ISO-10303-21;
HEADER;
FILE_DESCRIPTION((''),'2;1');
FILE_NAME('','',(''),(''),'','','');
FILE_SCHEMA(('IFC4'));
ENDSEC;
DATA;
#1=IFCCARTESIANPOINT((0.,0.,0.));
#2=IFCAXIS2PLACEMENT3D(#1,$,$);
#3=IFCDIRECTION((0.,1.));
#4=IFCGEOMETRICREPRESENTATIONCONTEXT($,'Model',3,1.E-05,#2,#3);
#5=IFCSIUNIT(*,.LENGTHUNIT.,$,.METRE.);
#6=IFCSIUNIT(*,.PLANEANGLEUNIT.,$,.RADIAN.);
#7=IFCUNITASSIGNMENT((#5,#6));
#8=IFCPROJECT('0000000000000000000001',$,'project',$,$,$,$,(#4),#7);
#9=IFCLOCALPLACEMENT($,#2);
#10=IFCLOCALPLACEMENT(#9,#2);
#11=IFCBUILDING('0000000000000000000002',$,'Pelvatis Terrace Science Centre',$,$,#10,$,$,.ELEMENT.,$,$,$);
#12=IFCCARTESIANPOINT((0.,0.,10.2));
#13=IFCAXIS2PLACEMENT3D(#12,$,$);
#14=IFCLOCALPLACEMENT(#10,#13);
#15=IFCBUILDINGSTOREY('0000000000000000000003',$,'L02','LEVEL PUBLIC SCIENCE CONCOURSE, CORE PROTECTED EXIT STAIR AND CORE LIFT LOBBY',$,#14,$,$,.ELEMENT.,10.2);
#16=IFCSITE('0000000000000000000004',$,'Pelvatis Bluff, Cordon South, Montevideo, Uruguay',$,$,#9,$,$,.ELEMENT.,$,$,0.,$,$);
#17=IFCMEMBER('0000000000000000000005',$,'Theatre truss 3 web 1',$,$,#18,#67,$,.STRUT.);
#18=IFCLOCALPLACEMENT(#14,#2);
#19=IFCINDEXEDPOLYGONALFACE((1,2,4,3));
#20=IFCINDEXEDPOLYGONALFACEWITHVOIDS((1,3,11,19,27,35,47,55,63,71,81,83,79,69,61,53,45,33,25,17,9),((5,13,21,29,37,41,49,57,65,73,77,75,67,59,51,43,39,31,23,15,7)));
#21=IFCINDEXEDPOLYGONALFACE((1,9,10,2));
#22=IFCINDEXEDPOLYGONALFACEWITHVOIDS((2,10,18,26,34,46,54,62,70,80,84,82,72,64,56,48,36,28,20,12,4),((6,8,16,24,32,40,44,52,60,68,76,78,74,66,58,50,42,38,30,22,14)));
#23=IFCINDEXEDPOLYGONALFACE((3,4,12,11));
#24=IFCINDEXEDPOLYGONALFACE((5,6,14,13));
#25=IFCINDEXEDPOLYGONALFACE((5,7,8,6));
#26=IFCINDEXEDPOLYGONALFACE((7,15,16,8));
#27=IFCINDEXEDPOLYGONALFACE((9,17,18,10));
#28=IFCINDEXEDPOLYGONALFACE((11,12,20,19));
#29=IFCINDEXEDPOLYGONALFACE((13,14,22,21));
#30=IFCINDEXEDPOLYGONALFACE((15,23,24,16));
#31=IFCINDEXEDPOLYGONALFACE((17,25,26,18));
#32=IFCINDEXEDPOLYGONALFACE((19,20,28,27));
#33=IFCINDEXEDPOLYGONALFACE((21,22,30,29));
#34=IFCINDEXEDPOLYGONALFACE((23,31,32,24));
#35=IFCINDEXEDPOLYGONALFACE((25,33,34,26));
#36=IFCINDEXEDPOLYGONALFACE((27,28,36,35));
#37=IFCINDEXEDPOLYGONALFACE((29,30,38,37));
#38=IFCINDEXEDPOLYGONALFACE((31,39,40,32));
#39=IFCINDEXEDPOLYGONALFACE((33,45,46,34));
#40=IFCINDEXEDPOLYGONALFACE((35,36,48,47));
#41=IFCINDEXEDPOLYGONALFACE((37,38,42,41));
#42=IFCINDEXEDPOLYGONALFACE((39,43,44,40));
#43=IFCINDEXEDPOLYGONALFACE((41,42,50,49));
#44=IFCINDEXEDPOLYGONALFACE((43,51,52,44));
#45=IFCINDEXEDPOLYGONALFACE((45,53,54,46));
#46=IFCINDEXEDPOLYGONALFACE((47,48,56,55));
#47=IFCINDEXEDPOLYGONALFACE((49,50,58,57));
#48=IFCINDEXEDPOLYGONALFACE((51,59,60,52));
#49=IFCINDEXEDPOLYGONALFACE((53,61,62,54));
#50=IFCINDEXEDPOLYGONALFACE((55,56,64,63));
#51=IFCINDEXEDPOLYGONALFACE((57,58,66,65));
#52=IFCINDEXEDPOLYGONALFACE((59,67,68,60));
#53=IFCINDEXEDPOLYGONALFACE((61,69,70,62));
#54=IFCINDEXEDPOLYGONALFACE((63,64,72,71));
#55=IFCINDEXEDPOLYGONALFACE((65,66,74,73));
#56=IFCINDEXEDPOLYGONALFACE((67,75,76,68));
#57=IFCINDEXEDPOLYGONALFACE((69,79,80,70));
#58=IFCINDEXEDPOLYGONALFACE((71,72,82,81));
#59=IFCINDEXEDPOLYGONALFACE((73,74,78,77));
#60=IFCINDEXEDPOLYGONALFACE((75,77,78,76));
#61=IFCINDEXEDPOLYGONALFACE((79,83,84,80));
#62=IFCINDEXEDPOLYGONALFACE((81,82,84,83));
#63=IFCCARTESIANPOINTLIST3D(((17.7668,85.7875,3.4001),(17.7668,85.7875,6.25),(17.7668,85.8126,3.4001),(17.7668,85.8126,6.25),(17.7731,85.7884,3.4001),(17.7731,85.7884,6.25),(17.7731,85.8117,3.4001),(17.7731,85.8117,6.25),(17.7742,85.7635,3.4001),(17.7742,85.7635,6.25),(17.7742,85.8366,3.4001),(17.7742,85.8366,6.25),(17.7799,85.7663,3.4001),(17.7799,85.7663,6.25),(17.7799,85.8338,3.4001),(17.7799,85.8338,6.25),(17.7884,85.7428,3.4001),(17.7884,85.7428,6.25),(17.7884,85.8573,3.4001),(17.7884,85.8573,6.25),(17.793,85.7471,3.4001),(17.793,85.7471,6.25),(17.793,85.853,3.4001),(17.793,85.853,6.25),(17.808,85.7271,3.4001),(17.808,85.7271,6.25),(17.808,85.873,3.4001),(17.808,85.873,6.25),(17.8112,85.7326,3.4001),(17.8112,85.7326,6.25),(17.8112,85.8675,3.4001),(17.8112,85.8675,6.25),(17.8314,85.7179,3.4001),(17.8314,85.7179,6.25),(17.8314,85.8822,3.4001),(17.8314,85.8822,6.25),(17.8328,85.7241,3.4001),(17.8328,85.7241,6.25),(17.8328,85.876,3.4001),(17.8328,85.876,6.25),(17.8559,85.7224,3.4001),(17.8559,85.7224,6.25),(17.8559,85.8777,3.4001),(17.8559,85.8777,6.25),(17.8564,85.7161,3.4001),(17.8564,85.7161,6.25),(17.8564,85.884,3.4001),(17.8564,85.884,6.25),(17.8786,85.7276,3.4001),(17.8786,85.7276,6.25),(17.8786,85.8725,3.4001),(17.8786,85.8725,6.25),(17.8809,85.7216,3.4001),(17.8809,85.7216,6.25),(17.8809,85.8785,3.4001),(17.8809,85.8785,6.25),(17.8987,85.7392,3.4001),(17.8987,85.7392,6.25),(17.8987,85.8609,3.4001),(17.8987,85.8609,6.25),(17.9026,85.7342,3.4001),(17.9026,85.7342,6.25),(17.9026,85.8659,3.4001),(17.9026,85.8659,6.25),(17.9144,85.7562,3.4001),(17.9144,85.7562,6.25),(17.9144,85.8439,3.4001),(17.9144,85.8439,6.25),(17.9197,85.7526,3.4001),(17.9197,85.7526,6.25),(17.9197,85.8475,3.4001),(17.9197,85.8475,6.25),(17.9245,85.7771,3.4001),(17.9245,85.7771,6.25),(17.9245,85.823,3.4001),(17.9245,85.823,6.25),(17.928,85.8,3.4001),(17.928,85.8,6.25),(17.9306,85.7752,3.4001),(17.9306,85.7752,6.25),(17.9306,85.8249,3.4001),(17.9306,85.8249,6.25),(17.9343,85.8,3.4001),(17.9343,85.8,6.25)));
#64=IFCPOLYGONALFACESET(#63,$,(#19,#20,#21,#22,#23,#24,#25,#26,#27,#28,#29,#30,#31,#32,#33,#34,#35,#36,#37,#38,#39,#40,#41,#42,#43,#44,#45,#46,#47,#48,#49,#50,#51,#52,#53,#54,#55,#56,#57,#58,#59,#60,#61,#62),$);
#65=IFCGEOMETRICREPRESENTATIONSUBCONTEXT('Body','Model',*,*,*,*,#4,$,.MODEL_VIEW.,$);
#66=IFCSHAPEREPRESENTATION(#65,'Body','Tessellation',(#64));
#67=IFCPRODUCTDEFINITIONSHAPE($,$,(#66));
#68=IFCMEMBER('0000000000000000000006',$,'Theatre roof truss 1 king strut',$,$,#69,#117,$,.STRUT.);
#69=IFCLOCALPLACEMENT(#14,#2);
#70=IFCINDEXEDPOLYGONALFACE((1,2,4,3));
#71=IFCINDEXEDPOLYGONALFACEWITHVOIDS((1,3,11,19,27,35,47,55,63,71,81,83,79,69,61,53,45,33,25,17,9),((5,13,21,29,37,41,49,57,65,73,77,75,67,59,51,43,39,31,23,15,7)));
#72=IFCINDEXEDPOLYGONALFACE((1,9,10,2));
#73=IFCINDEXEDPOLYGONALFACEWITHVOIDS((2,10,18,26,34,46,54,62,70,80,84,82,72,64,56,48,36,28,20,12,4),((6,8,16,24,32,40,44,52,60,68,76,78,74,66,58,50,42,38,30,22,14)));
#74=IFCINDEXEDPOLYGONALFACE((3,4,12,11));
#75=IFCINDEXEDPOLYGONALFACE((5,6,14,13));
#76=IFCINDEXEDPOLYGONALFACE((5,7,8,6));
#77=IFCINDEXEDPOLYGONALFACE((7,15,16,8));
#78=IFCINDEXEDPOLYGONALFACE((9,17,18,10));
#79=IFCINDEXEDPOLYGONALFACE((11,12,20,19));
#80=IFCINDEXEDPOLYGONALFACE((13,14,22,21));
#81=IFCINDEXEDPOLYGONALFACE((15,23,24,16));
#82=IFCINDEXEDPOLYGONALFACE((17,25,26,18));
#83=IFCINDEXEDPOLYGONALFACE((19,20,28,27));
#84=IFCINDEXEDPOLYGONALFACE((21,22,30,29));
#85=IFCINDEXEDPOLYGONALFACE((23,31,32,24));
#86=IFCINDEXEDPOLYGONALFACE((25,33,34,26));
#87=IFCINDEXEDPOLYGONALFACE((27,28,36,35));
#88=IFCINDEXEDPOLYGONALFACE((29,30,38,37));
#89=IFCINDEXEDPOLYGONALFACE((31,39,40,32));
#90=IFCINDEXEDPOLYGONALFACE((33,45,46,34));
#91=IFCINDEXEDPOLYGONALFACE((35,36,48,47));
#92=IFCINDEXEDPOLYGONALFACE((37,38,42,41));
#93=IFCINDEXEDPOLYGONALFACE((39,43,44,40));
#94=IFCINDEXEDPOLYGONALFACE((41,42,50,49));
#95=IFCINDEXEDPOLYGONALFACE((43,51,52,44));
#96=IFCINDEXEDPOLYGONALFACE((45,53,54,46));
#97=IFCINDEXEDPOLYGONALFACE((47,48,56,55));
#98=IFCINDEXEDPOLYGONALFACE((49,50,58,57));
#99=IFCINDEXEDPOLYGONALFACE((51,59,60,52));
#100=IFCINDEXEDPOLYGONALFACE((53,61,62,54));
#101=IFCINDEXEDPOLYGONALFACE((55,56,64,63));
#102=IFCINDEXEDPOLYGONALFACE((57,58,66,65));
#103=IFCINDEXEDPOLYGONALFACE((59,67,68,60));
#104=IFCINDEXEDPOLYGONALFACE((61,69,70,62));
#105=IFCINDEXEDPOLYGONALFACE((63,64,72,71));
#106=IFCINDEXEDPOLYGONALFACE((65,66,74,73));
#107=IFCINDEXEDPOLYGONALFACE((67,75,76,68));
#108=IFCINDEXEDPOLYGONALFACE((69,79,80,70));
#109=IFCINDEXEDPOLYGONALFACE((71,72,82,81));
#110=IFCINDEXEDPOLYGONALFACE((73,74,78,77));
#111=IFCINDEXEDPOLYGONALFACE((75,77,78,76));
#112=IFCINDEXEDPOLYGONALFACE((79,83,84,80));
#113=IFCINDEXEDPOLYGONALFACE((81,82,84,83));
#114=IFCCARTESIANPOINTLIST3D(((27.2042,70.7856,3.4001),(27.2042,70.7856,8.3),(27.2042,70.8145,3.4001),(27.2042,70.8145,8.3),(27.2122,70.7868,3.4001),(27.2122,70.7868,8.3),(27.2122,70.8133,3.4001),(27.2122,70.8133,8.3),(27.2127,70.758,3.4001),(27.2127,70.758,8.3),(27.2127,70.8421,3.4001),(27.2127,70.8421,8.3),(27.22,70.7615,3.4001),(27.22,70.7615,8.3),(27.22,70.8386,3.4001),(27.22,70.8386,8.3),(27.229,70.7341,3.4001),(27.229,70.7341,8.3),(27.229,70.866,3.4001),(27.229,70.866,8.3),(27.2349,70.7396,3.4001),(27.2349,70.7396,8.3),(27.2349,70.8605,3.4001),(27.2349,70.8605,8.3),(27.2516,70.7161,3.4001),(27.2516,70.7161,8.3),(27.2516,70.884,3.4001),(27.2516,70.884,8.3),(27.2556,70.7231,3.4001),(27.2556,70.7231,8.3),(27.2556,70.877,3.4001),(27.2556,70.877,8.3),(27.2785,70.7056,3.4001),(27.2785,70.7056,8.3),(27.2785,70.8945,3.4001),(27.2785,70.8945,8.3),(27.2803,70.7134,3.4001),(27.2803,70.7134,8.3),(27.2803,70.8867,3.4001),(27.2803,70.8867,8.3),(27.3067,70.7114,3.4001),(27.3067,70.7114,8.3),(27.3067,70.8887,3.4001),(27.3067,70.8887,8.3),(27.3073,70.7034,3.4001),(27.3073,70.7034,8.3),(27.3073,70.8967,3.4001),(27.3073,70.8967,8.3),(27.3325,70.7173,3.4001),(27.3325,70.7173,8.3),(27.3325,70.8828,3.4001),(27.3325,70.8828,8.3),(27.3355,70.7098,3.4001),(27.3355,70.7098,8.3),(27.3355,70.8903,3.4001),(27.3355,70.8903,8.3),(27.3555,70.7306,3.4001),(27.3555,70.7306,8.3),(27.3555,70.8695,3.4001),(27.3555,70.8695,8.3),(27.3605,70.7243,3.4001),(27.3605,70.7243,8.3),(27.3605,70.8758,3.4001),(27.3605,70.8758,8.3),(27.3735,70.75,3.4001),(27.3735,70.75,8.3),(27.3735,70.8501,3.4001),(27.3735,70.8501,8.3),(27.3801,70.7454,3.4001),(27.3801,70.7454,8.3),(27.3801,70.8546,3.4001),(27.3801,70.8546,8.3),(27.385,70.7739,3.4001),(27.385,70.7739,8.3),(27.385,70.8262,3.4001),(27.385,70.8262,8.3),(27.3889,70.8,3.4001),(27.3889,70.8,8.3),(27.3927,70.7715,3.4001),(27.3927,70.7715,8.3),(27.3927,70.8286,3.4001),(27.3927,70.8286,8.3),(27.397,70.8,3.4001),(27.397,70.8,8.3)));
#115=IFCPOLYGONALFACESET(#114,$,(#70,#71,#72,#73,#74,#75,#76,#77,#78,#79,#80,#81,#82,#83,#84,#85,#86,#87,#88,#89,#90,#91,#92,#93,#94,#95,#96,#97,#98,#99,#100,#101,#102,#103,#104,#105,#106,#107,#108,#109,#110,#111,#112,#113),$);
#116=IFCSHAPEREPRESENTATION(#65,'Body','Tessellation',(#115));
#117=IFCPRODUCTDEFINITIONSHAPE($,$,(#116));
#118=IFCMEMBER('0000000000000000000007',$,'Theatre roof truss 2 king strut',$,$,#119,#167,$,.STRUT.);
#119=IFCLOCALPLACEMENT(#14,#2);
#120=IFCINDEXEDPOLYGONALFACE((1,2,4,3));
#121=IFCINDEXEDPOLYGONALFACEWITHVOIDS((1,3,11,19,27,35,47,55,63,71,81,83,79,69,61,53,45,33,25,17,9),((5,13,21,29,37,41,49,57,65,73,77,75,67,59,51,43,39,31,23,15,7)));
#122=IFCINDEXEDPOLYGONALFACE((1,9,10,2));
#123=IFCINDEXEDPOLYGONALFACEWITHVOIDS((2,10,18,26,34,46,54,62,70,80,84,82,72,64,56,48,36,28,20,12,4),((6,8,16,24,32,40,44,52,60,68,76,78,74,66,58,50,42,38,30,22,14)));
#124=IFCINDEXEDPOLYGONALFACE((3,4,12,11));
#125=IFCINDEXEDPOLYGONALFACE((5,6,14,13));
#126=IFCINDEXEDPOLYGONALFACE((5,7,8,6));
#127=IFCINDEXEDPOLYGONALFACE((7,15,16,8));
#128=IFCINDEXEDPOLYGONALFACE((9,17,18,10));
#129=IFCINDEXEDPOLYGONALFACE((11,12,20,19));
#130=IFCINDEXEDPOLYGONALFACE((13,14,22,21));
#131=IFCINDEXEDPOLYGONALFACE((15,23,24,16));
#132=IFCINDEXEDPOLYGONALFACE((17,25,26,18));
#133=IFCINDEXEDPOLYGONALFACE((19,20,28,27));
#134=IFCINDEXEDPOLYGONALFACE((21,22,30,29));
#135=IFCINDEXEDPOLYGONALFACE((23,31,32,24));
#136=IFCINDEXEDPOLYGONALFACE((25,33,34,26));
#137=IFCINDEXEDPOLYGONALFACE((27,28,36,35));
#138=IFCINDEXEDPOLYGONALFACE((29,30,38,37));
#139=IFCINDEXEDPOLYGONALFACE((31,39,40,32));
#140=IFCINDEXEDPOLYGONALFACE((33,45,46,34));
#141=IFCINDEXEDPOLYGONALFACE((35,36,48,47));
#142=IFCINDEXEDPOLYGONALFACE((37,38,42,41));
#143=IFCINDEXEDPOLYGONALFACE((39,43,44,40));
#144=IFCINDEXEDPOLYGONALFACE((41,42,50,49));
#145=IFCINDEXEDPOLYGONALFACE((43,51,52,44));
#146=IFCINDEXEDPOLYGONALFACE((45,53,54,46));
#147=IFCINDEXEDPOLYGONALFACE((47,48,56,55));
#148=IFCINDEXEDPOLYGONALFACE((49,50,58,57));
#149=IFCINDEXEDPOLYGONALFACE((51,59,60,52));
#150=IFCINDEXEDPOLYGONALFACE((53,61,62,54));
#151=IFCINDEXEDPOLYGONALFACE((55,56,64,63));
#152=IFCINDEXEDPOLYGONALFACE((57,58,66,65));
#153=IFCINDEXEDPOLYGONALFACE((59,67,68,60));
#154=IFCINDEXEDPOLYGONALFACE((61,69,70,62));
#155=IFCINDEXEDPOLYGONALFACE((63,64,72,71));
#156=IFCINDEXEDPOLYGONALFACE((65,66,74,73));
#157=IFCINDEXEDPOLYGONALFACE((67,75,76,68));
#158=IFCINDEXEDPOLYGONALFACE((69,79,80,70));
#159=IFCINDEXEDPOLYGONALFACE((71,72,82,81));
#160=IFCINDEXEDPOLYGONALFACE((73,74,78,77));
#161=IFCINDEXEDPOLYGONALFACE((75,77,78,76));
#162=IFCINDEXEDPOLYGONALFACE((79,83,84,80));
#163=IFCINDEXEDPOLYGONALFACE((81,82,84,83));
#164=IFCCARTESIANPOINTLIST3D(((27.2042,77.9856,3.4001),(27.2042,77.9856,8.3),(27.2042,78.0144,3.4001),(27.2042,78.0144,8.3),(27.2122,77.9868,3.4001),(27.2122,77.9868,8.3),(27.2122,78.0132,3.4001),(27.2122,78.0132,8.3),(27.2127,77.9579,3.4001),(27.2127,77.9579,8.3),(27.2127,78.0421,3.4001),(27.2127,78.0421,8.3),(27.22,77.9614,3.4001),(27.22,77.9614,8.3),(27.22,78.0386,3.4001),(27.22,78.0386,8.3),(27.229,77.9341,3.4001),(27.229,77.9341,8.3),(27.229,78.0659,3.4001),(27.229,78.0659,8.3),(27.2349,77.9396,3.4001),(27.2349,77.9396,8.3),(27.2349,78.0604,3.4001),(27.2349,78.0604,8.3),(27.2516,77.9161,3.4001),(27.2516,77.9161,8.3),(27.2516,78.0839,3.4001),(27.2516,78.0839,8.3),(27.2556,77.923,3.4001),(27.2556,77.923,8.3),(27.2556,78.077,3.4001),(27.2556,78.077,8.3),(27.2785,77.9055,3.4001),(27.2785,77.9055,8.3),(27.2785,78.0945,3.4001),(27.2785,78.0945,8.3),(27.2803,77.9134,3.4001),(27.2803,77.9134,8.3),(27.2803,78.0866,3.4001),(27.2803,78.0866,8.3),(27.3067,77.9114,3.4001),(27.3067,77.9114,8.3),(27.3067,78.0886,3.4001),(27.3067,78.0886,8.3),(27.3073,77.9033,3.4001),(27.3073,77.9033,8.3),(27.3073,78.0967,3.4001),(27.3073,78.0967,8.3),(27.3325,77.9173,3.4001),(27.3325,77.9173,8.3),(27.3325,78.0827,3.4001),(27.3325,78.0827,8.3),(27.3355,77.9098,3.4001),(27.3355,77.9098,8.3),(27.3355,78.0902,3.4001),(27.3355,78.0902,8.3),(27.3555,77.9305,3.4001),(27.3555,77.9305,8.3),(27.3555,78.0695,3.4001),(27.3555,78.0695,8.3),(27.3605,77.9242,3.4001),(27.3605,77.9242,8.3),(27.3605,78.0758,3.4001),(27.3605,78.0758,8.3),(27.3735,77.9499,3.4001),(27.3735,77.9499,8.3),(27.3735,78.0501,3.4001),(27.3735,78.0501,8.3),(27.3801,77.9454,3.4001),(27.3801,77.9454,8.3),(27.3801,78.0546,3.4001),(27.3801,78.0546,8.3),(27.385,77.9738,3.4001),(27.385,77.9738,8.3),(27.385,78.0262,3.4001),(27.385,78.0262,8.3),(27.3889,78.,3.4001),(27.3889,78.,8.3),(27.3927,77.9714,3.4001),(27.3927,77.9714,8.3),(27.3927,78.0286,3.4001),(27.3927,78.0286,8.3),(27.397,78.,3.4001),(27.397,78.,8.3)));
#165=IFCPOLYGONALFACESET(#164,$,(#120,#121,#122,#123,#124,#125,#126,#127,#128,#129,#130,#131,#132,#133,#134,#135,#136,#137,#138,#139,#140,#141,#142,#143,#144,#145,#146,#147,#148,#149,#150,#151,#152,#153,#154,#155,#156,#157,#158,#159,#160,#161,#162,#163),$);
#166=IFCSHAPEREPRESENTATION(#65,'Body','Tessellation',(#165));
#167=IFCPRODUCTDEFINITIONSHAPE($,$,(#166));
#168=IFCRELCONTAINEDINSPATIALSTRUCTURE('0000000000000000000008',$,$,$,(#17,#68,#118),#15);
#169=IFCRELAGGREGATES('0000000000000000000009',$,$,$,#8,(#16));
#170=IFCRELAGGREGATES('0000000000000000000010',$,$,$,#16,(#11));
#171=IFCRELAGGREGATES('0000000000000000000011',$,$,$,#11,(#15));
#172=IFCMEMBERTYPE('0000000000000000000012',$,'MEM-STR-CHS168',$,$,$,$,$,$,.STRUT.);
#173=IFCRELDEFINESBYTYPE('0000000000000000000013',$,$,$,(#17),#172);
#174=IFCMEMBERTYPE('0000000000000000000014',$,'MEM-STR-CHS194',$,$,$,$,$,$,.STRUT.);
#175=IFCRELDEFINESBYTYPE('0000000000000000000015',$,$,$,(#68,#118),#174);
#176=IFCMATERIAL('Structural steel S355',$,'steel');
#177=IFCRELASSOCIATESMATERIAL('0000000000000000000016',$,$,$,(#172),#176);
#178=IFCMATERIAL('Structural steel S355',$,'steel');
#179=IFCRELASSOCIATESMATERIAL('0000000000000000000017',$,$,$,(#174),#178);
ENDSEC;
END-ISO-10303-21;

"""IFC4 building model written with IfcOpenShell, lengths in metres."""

from ifc_helpers import new_model, si_unit, direction, frame, origin, origin_2d, place, context, subcontext, project, spatial, hollow_circle, extrude, material, material_profile, profile_set, type_object, element, save


model = new_model("IFC4")

# Units and contexts
model_context = context("Model", 3, precision=1e-05, world=origin(), true_north=direction((0.0, 1.0)))
body_context = subcontext(model_context, "Body", "Model", "MODEL_VIEW")
ifc_project = project(units=[si_unit("LENGTHUNIT", "METRE"), si_unit("PLANEANGLEUNIT", "RADIAN")], contexts=[model_context])

# Site, building, storey
site_placement = place(None, origin())
site = spatial("IfcSite", under=ifc_project, at=site_placement, Name="Pelvatis Bluff, Cordon South, Montevideo, Uruguay", CompositionType="ELEMENT", RefElevation=0.0)
building_placement = place(site_placement, origin())
building = spatial("IfcBuilding", under=site, at=building_placement, Name="Pelvatis Terrace Science Centre", CompositionType="ELEMENT")
storey_placement = place(building_placement, frame((0.0, 0.0, 10.2)))
storey = spatial("IfcBuildingStorey", under=building, at=storey_placement, Name="L02", Description="LEVEL PUBLIC SCIENCE CONCOURSE, CORE PROTECTED EXIT STAIR AND CORE LIFT LOBBY", CompositionType="ELEMENT", Elevation=10.2)

# Members
ifc_material_1 = material(Name="Structural steel S355", Category="steel")
ifc_material_profile_1 = material_profile(ifc_material_1, hollow_circle(Radius=0.0842, WallThickness=0.0063, at=origin_2d()), Name="CHS 168.3x6.3")
ifc_profile_set_1 = profile_set([ifc_material_profile_1], Name="Structural steel S355")
member_type_1 = type_object("IfcMemberType", Name="MEM-STR-CHS168", PredefinedType="STRUT", material=ifc_profile_set_1)
for number, where, z_axis, x_axis, name in (
    (1, (17.8501, 85.8, 3.4001), (0.0, 0.0, 1.0), (1.0, 0.0, 0.0), "Theatre truss 3 web 1"),
):
    element("IfcMember", number, at=place(storey_placement, frame(where, z_axis=z_axis, x_axis=x_axis)), inside=storey, type_object=member_type_1, Name=name, PredefinedType="STRUT", context=body_context, shape_type="SweptSolid", body=[
        extrude(hollow_circle(Radius=0.0842, WallThickness=0.0063, at=origin_2d()), origin(), (0.0, 0.0, 1.0), 2.8499),
    ])
ifc_material_2 = material(Name="Structural steel S355", Category="steel")
ifc_material_profile_2 = material_profile(ifc_material_2, hollow_circle(Radius=0.0969, WallThickness=0.0081, at=origin_2d()), Name="CHS 193.7x8.0")
ifc_profile_set_2 = profile_set([ifc_material_profile_2], Name="Structural steel S355")
member_type_2 = type_object("IfcMemberType", Name="MEM-STR-CHS194", PredefinedType="STRUT", material=ifc_profile_set_2)
for number, where, z_axis, x_axis, name in (
    (2, (27.3, 70.8, 3.4001), (0.0, 0.0, 1.0), (1.0, 0.0, 0.0), "Theatre roof truss 1 king strut"),
    (3, (27.3, 78.0, 3.4001), (0.0, 0.0, 1.0), (1.0, 0.0, 0.0), "Theatre roof truss 2 king strut"),
):
    element("IfcMember", number, at=place(storey_placement, frame(where, z_axis=z_axis, x_axis=x_axis)), inside=storey, type_object=member_type_2, Name=name, PredefinedType="STRUT", context=body_context, shape_type="SweptSolid", body=[
        extrude(hollow_circle(Radius=0.0969, WallThickness=0.0081, at=origin_2d()), origin(), (0.0, 0.0, 1.0), 4.8999),
    ])

save(model, "model.ifc")
